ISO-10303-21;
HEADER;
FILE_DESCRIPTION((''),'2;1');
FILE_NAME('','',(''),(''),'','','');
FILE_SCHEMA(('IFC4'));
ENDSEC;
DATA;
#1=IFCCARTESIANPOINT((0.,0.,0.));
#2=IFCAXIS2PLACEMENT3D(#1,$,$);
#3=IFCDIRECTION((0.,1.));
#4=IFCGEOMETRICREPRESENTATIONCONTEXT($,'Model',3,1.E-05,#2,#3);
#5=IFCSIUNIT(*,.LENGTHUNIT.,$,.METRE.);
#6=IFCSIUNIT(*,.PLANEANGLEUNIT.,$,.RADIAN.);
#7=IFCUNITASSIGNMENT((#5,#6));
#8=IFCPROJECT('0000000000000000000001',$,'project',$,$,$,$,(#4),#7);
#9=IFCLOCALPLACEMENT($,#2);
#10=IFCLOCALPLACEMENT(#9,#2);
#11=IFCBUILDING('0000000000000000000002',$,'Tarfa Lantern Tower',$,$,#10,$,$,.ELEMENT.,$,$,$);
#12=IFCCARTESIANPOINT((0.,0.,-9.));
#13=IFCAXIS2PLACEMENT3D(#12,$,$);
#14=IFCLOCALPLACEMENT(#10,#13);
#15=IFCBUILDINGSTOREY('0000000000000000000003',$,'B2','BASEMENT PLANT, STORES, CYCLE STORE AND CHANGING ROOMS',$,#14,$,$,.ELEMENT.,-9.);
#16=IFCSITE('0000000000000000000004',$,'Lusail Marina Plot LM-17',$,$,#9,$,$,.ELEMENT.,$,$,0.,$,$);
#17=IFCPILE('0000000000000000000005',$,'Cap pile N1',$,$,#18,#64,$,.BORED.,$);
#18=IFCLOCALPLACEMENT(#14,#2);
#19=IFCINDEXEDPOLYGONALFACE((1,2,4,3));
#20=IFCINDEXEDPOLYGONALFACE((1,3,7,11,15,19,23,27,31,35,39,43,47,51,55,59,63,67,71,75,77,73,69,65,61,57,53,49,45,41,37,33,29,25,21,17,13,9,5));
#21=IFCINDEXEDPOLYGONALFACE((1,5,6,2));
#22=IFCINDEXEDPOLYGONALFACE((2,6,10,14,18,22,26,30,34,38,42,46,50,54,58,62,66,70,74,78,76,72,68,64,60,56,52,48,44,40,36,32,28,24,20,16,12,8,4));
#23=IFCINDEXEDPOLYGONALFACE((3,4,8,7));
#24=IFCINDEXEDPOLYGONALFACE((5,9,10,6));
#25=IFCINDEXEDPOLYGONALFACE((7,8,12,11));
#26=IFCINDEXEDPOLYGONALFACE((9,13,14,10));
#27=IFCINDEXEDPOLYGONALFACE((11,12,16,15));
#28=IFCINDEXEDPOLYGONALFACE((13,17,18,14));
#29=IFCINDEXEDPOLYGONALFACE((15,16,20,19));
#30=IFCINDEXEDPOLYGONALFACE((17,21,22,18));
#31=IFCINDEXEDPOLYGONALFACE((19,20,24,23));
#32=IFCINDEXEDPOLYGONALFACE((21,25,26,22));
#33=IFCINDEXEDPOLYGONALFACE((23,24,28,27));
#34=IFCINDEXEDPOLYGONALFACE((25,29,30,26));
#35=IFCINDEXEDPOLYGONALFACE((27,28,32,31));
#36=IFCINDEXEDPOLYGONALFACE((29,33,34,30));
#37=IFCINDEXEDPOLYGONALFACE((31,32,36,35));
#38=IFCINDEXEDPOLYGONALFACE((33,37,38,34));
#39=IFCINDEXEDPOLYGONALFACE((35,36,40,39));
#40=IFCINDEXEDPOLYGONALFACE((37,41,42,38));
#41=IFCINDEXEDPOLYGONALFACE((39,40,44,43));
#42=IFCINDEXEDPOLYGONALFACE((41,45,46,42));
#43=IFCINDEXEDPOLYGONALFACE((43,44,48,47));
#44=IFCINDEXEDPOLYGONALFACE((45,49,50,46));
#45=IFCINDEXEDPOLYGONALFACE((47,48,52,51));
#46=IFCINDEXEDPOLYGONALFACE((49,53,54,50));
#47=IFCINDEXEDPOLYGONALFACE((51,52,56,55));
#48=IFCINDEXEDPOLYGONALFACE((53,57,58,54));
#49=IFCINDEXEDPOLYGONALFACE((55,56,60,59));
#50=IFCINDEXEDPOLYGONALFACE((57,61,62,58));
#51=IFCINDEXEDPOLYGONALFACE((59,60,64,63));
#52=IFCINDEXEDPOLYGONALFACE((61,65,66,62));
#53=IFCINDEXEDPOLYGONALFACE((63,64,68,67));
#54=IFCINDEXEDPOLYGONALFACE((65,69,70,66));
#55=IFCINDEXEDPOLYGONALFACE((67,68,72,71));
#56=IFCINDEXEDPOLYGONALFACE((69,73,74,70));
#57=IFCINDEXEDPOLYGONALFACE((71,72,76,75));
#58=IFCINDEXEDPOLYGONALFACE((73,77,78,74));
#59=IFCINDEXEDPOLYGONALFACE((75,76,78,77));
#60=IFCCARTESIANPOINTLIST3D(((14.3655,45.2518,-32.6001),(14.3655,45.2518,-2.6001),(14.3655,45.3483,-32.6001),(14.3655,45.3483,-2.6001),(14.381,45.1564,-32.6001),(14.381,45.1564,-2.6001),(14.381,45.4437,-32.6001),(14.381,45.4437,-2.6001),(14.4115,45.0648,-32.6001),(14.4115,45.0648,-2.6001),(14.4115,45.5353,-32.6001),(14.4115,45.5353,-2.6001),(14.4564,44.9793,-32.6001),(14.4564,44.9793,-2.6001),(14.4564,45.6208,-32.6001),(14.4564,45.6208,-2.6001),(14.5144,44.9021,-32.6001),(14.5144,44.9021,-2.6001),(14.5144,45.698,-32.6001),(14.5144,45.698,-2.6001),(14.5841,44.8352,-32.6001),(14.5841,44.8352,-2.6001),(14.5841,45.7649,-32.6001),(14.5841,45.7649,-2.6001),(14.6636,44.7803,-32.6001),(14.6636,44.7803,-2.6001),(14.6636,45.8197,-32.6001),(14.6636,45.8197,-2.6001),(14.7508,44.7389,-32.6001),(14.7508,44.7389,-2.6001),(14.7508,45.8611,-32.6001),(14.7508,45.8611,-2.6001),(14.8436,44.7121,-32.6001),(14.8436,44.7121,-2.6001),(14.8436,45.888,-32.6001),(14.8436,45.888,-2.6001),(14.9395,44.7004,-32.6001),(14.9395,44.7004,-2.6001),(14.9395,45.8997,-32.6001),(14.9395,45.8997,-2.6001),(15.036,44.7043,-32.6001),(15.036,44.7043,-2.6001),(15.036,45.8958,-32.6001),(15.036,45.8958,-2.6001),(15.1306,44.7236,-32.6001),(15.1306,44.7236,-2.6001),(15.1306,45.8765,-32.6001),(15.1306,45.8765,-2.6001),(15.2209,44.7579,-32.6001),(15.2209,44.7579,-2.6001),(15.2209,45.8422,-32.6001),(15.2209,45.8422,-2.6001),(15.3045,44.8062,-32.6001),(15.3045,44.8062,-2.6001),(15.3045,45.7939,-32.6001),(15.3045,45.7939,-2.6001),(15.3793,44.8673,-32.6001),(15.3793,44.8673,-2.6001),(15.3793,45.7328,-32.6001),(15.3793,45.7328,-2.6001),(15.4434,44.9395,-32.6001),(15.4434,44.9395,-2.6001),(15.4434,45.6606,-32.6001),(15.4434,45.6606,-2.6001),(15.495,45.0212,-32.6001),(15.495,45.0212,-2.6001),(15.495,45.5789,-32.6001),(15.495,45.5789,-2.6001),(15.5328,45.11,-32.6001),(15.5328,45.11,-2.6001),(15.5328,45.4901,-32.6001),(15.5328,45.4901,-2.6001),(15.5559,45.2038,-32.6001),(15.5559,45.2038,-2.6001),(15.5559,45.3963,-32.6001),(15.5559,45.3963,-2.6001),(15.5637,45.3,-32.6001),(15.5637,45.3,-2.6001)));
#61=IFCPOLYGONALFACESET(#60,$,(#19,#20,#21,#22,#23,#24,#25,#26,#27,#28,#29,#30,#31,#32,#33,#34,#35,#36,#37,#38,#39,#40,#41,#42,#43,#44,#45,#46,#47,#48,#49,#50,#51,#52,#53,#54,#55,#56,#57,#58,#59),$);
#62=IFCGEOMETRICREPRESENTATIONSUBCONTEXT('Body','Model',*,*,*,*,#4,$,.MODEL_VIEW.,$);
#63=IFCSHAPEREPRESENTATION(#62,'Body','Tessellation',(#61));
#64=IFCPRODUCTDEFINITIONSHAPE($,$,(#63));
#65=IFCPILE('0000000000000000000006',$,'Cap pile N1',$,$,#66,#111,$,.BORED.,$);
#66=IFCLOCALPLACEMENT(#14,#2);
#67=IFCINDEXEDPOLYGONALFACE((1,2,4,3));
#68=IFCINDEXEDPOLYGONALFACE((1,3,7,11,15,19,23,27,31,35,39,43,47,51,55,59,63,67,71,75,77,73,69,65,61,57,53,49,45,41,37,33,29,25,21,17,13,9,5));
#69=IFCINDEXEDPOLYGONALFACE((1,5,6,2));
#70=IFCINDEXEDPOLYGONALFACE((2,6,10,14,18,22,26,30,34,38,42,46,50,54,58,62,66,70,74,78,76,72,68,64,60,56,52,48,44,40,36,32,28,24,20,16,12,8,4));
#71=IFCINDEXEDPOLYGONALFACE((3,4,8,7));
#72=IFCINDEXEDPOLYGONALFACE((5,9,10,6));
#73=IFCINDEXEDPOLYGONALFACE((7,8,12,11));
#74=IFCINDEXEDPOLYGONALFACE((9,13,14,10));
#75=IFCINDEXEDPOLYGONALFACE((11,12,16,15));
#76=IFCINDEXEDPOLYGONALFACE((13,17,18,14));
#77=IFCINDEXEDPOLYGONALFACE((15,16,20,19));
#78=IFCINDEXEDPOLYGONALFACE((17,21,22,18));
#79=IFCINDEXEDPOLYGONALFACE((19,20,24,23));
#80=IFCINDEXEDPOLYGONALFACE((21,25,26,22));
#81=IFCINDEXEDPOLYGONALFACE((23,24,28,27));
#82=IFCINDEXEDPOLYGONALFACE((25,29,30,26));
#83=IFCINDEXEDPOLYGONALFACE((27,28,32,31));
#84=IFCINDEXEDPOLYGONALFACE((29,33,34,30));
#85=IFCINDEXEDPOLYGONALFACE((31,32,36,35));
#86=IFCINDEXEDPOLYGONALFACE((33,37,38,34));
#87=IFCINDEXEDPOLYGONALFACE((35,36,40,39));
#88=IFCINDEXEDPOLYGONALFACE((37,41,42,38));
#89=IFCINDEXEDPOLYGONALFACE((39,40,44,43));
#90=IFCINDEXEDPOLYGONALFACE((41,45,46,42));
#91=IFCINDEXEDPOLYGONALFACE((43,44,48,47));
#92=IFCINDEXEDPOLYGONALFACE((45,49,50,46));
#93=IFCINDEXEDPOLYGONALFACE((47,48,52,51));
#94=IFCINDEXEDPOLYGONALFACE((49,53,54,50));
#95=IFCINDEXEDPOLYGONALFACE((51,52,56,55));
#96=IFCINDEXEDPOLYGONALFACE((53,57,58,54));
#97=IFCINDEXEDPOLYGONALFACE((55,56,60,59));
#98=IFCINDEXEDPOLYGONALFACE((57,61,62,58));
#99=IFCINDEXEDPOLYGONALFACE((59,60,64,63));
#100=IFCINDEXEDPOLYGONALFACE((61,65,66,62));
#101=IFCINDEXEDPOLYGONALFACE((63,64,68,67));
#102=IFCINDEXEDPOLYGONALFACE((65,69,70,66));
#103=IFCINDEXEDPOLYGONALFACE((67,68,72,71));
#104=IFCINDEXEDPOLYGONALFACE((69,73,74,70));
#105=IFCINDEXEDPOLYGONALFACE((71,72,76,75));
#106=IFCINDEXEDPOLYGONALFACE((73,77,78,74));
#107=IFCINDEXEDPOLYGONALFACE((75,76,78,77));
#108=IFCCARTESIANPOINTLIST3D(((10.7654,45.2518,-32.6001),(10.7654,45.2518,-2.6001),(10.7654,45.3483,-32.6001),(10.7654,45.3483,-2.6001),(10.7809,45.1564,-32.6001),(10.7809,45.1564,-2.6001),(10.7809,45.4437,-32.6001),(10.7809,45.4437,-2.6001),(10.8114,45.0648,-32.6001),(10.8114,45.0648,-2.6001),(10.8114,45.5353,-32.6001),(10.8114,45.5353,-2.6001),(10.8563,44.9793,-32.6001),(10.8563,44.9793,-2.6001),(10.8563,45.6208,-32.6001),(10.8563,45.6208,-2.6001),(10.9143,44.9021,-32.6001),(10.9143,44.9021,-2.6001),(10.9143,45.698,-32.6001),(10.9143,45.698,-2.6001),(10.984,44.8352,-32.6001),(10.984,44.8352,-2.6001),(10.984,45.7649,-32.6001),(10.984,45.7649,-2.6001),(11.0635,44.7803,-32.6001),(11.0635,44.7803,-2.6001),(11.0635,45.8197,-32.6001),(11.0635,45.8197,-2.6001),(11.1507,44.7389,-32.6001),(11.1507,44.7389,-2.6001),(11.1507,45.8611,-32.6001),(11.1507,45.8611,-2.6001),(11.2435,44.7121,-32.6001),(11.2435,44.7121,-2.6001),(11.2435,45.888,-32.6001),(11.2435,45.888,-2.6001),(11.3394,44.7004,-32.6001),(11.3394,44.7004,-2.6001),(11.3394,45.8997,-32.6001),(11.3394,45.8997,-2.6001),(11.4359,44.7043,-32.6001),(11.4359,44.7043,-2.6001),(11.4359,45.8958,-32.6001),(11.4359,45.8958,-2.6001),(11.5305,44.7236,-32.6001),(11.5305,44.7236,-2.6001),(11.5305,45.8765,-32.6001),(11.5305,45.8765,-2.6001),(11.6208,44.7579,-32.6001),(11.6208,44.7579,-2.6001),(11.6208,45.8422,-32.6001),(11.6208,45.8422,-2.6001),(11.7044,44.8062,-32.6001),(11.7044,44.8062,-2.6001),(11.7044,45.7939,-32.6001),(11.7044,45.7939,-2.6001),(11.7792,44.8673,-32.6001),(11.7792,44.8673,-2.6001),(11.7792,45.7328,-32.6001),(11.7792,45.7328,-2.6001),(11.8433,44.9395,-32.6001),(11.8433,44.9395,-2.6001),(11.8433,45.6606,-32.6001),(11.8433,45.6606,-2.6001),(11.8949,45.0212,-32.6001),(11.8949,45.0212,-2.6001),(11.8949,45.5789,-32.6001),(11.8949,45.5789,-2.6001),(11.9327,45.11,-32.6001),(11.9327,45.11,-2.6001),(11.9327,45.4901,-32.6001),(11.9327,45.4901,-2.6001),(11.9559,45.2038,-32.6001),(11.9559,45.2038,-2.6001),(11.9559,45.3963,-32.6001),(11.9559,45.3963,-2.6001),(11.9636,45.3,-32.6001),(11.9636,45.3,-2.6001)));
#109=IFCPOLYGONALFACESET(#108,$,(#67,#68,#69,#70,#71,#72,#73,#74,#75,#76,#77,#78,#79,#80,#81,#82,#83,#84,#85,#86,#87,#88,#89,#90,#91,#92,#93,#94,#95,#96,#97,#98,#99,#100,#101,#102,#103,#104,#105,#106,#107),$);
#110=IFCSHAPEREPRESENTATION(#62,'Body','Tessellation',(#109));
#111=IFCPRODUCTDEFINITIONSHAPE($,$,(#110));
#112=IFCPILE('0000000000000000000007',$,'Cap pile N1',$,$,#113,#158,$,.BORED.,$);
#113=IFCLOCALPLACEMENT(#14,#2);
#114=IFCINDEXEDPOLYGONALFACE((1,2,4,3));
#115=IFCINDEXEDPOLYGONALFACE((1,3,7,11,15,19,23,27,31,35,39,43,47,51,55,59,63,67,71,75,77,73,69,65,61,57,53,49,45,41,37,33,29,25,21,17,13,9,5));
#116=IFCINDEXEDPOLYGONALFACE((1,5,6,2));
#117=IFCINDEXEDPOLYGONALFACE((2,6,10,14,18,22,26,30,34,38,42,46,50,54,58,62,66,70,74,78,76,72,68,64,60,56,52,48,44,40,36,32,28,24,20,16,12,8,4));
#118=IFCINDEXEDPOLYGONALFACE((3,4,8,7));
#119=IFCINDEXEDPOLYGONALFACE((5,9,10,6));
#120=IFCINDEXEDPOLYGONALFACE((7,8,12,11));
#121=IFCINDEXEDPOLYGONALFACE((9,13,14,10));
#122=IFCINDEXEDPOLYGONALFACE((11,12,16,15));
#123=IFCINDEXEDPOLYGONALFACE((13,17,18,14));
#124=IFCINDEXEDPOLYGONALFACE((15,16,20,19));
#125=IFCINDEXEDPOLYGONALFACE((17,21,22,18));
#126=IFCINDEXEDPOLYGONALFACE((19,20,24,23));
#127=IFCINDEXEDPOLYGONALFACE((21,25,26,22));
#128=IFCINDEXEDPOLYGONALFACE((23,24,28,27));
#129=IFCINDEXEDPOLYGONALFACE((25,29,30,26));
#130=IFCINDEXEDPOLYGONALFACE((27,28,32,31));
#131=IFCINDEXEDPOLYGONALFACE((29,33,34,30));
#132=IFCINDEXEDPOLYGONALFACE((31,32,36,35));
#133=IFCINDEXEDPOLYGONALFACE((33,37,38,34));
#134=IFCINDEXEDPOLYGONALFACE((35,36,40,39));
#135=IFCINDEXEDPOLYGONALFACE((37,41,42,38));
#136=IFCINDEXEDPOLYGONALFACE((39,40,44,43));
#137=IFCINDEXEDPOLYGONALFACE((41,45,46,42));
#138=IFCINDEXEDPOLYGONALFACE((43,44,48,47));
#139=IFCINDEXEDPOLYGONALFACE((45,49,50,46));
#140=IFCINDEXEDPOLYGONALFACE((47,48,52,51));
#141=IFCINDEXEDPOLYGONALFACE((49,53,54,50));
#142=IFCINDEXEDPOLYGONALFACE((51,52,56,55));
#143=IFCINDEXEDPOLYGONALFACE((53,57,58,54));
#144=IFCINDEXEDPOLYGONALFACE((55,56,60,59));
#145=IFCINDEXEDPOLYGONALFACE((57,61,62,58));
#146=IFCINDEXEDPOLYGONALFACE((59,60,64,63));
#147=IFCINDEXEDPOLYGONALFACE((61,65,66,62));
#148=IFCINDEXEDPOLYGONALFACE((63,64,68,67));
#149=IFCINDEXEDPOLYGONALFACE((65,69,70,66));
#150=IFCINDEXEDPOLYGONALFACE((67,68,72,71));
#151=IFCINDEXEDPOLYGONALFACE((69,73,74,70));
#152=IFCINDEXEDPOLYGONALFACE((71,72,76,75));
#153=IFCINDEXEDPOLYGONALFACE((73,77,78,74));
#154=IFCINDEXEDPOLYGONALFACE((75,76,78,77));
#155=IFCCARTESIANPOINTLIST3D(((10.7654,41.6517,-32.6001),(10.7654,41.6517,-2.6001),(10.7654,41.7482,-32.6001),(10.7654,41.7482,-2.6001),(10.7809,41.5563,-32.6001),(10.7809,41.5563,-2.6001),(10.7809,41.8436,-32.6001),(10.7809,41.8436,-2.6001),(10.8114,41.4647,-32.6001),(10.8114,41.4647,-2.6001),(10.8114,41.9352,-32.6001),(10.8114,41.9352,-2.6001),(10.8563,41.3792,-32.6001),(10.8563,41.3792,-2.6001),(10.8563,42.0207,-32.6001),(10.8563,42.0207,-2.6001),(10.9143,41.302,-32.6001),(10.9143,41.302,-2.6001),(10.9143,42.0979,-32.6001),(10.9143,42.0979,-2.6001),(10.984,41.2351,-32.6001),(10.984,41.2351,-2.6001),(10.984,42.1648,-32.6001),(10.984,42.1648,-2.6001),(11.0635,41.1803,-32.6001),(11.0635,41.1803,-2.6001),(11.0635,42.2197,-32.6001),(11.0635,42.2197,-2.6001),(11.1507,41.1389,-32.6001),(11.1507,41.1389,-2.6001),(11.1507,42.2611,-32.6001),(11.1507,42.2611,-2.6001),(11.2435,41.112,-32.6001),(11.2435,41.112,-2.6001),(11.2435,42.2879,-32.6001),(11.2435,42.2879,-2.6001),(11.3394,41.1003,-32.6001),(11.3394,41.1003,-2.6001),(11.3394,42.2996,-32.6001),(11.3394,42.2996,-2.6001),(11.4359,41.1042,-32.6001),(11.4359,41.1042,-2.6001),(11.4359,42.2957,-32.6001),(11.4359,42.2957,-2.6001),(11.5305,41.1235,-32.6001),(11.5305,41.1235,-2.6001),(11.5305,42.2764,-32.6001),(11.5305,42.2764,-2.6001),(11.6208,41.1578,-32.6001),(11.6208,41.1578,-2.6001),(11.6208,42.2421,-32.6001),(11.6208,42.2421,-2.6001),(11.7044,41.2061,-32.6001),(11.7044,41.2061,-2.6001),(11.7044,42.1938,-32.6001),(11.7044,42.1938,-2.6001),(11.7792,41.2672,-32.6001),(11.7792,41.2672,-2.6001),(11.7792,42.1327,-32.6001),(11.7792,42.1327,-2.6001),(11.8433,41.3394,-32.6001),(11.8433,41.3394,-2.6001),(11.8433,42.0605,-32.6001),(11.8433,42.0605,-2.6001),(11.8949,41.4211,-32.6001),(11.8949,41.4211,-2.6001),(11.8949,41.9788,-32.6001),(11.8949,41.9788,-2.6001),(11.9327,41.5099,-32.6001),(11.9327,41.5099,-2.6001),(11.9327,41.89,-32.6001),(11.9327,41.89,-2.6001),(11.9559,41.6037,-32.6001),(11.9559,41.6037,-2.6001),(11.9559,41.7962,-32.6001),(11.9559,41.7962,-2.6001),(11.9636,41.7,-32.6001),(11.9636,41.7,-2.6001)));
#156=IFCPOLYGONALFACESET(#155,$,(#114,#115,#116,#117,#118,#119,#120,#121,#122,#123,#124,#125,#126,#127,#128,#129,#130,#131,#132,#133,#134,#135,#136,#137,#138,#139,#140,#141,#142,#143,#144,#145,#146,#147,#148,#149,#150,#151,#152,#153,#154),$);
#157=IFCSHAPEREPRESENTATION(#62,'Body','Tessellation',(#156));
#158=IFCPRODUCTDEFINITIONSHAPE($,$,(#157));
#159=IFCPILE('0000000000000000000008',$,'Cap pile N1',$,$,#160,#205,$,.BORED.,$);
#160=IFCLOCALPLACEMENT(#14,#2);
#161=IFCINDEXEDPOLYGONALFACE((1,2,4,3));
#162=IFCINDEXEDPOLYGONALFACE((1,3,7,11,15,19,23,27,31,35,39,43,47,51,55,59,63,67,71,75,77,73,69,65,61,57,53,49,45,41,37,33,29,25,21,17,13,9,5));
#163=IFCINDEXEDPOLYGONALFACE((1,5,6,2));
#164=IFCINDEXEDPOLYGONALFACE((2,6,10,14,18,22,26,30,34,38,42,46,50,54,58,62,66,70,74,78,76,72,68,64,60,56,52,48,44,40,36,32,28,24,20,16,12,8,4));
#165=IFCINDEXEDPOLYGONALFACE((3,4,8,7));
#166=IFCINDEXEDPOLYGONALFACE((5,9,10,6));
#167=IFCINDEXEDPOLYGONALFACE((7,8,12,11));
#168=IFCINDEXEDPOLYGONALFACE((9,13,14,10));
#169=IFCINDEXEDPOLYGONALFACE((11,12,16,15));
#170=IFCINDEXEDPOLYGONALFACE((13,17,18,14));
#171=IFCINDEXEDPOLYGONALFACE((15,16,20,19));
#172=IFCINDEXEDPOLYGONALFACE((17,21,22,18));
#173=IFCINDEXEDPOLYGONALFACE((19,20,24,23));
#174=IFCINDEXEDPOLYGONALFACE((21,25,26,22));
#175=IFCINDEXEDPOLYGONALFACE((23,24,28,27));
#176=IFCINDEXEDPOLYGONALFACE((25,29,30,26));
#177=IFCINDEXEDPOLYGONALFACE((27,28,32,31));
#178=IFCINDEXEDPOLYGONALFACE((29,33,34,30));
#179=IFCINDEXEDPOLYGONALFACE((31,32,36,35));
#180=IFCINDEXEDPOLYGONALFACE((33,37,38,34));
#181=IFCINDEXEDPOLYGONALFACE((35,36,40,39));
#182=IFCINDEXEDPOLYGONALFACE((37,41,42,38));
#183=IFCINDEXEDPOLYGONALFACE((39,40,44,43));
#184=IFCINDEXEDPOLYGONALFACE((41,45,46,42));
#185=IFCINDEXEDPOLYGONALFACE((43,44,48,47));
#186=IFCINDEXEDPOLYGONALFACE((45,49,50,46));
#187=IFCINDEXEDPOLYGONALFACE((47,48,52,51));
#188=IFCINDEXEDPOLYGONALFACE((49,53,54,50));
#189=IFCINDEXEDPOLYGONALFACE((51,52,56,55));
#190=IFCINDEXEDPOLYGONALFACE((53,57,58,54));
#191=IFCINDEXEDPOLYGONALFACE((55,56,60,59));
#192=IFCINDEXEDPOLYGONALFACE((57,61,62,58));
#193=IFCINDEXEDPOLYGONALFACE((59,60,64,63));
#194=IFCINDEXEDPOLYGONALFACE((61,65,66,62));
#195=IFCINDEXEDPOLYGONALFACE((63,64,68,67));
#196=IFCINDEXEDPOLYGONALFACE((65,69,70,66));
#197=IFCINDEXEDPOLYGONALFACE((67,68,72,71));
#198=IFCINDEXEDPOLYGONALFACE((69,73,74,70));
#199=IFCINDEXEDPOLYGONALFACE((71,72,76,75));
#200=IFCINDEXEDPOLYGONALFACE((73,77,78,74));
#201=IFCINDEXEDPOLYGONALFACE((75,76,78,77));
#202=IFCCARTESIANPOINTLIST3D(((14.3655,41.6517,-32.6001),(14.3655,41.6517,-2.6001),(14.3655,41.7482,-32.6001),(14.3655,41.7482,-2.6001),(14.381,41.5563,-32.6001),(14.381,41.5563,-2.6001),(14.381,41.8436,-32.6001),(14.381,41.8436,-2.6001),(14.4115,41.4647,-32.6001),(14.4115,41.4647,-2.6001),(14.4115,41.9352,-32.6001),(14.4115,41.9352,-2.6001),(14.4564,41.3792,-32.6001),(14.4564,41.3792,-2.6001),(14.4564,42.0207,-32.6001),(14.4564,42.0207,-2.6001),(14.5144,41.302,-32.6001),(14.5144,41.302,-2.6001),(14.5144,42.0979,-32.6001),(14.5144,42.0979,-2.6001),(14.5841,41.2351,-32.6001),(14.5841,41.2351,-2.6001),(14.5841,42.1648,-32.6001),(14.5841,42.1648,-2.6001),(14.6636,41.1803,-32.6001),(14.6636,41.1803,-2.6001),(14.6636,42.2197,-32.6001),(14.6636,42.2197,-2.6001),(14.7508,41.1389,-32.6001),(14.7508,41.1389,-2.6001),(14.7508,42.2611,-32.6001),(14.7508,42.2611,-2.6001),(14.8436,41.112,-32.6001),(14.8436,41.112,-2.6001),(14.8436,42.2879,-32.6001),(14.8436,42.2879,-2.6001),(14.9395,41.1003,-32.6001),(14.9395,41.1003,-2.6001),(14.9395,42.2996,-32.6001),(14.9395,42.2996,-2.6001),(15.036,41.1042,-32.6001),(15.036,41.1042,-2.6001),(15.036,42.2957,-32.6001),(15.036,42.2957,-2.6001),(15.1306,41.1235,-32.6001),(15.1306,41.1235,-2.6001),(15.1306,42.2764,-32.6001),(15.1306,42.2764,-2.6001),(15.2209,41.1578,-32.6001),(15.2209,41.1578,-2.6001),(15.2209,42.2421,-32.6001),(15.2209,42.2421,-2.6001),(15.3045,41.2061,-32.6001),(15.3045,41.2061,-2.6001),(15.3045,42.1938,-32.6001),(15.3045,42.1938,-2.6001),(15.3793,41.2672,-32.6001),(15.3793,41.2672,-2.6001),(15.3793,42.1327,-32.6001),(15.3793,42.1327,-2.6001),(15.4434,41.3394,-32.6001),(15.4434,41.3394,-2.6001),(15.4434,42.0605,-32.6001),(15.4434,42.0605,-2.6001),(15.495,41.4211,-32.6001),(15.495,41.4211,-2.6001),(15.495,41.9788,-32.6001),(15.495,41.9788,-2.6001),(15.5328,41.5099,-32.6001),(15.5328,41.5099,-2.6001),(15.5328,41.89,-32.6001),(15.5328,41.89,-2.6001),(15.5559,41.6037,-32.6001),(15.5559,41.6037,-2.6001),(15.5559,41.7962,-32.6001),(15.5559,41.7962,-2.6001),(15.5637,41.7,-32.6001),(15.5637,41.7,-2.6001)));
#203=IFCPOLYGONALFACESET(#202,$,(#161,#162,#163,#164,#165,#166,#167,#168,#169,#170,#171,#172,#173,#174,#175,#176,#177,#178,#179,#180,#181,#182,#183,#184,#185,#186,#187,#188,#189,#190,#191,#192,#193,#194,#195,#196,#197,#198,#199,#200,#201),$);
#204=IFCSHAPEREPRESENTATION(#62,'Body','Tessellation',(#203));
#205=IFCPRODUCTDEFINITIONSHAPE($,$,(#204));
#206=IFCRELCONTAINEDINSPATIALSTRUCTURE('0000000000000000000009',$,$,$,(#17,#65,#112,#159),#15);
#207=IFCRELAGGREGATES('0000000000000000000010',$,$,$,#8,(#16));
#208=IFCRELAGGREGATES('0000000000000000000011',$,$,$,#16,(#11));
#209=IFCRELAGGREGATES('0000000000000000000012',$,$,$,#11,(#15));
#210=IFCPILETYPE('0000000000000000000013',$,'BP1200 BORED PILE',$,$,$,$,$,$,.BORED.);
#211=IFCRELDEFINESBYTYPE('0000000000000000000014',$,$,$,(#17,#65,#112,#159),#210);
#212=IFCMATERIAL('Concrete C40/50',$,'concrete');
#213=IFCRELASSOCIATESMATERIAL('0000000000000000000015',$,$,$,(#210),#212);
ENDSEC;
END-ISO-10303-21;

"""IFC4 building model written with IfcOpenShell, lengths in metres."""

from ifc_helpers import new_model, si_unit, direction, frame, origin, origin_2d, place, context, subcontext, project, spatial, circle, extrude, material, material_profile, profile_set, type_object, element, save


model = new_model("IFC4")

# Units and contexts
model_context = context("Model", 3, precision=1e-05, world=origin(), true_north=direction((0.0, 1.0)))
body_context = subcontext(model_context, "Body", "Model", "MODEL_VIEW")
ifc_project = project(units=[si_unit("LENGTHUNIT", "METRE"), si_unit("PLANEANGLEUNIT", "RADIAN")], contexts=[model_context])

# Site, building, storey
site_placement = place(None, origin())
site = spatial("IfcSite", under=ifc_project, at=site_placement, Name="Lusail Marina Plot LM-17", CompositionType="ELEMENT", RefElevation=0.0)
building_placement = place(site_placement, origin())
building = spatial("IfcBuilding", under=site, at=building_placement, Name="Tarfa Lantern Tower", CompositionType="ELEMENT")
storey_placement = place(building_placement, frame((0.0, 0.0, -9.0)))
storey = spatial("IfcBuildingStorey", under=building, at=storey_placement, Name="B2", Description="BASEMENT PLANT, STORES, CYCLE STORE AND CHANGING ROOMS", CompositionType="ELEMENT", Elevation=-9.0)

# Piles
ifc_material_1 = material(Name="Concrete C40/50", Category="concrete")
ifc_material_profile_1 = material_profile(ifc_material_1, circle(Radius=0.6001, at=origin_2d()), Name="BORED PILE D1200")
ifc_profile_set_1 = profile_set([ifc_material_profile_1], Name="Concrete C40/50")
pile_type_1 = type_object("IfcPileType", Name="BP1200 BORED PILE", PredefinedType="BORED", material=ifc_profile_set_1)
for number, where, z_axis, x_axis, name in (
    (1, (14.9636, 45.3, -2.6001), (0.0, 0.0, -1.0), (1.0, 0.0, 0.0), "Cap pile N1"),
    (2, (11.3635, 45.3, -2.6001), (0.0, 0.0, -1.0), (1.0, 0.0, 0.0), "Cap pile N1"),
    (3, (11.3635, 41.7, -2.6001), (0.0, 0.0, -1.0), (1.0, 0.0, 0.0), "Cap pile N1"),
    (4, (14.9636, 41.7, -2.6001), (0.0, 0.0, -1.0), (1.0, 0.0, 0.0), "Cap pile N1"),
):
    element("IfcPile", number, at=place(storey_placement, frame(where, z_axis=z_axis, x_axis=x_axis)), inside=storey, type_object=pile_type_1, Name=name, PredefinedType="BORED", context=body_context, shape_type="SweptSolid", body=[
        extrude(circle(Radius=0.6001, at=origin_2d()), origin(), (0.0, 0.0, 1.0), 30.0),
    ])

save(model, "model.ifc")
